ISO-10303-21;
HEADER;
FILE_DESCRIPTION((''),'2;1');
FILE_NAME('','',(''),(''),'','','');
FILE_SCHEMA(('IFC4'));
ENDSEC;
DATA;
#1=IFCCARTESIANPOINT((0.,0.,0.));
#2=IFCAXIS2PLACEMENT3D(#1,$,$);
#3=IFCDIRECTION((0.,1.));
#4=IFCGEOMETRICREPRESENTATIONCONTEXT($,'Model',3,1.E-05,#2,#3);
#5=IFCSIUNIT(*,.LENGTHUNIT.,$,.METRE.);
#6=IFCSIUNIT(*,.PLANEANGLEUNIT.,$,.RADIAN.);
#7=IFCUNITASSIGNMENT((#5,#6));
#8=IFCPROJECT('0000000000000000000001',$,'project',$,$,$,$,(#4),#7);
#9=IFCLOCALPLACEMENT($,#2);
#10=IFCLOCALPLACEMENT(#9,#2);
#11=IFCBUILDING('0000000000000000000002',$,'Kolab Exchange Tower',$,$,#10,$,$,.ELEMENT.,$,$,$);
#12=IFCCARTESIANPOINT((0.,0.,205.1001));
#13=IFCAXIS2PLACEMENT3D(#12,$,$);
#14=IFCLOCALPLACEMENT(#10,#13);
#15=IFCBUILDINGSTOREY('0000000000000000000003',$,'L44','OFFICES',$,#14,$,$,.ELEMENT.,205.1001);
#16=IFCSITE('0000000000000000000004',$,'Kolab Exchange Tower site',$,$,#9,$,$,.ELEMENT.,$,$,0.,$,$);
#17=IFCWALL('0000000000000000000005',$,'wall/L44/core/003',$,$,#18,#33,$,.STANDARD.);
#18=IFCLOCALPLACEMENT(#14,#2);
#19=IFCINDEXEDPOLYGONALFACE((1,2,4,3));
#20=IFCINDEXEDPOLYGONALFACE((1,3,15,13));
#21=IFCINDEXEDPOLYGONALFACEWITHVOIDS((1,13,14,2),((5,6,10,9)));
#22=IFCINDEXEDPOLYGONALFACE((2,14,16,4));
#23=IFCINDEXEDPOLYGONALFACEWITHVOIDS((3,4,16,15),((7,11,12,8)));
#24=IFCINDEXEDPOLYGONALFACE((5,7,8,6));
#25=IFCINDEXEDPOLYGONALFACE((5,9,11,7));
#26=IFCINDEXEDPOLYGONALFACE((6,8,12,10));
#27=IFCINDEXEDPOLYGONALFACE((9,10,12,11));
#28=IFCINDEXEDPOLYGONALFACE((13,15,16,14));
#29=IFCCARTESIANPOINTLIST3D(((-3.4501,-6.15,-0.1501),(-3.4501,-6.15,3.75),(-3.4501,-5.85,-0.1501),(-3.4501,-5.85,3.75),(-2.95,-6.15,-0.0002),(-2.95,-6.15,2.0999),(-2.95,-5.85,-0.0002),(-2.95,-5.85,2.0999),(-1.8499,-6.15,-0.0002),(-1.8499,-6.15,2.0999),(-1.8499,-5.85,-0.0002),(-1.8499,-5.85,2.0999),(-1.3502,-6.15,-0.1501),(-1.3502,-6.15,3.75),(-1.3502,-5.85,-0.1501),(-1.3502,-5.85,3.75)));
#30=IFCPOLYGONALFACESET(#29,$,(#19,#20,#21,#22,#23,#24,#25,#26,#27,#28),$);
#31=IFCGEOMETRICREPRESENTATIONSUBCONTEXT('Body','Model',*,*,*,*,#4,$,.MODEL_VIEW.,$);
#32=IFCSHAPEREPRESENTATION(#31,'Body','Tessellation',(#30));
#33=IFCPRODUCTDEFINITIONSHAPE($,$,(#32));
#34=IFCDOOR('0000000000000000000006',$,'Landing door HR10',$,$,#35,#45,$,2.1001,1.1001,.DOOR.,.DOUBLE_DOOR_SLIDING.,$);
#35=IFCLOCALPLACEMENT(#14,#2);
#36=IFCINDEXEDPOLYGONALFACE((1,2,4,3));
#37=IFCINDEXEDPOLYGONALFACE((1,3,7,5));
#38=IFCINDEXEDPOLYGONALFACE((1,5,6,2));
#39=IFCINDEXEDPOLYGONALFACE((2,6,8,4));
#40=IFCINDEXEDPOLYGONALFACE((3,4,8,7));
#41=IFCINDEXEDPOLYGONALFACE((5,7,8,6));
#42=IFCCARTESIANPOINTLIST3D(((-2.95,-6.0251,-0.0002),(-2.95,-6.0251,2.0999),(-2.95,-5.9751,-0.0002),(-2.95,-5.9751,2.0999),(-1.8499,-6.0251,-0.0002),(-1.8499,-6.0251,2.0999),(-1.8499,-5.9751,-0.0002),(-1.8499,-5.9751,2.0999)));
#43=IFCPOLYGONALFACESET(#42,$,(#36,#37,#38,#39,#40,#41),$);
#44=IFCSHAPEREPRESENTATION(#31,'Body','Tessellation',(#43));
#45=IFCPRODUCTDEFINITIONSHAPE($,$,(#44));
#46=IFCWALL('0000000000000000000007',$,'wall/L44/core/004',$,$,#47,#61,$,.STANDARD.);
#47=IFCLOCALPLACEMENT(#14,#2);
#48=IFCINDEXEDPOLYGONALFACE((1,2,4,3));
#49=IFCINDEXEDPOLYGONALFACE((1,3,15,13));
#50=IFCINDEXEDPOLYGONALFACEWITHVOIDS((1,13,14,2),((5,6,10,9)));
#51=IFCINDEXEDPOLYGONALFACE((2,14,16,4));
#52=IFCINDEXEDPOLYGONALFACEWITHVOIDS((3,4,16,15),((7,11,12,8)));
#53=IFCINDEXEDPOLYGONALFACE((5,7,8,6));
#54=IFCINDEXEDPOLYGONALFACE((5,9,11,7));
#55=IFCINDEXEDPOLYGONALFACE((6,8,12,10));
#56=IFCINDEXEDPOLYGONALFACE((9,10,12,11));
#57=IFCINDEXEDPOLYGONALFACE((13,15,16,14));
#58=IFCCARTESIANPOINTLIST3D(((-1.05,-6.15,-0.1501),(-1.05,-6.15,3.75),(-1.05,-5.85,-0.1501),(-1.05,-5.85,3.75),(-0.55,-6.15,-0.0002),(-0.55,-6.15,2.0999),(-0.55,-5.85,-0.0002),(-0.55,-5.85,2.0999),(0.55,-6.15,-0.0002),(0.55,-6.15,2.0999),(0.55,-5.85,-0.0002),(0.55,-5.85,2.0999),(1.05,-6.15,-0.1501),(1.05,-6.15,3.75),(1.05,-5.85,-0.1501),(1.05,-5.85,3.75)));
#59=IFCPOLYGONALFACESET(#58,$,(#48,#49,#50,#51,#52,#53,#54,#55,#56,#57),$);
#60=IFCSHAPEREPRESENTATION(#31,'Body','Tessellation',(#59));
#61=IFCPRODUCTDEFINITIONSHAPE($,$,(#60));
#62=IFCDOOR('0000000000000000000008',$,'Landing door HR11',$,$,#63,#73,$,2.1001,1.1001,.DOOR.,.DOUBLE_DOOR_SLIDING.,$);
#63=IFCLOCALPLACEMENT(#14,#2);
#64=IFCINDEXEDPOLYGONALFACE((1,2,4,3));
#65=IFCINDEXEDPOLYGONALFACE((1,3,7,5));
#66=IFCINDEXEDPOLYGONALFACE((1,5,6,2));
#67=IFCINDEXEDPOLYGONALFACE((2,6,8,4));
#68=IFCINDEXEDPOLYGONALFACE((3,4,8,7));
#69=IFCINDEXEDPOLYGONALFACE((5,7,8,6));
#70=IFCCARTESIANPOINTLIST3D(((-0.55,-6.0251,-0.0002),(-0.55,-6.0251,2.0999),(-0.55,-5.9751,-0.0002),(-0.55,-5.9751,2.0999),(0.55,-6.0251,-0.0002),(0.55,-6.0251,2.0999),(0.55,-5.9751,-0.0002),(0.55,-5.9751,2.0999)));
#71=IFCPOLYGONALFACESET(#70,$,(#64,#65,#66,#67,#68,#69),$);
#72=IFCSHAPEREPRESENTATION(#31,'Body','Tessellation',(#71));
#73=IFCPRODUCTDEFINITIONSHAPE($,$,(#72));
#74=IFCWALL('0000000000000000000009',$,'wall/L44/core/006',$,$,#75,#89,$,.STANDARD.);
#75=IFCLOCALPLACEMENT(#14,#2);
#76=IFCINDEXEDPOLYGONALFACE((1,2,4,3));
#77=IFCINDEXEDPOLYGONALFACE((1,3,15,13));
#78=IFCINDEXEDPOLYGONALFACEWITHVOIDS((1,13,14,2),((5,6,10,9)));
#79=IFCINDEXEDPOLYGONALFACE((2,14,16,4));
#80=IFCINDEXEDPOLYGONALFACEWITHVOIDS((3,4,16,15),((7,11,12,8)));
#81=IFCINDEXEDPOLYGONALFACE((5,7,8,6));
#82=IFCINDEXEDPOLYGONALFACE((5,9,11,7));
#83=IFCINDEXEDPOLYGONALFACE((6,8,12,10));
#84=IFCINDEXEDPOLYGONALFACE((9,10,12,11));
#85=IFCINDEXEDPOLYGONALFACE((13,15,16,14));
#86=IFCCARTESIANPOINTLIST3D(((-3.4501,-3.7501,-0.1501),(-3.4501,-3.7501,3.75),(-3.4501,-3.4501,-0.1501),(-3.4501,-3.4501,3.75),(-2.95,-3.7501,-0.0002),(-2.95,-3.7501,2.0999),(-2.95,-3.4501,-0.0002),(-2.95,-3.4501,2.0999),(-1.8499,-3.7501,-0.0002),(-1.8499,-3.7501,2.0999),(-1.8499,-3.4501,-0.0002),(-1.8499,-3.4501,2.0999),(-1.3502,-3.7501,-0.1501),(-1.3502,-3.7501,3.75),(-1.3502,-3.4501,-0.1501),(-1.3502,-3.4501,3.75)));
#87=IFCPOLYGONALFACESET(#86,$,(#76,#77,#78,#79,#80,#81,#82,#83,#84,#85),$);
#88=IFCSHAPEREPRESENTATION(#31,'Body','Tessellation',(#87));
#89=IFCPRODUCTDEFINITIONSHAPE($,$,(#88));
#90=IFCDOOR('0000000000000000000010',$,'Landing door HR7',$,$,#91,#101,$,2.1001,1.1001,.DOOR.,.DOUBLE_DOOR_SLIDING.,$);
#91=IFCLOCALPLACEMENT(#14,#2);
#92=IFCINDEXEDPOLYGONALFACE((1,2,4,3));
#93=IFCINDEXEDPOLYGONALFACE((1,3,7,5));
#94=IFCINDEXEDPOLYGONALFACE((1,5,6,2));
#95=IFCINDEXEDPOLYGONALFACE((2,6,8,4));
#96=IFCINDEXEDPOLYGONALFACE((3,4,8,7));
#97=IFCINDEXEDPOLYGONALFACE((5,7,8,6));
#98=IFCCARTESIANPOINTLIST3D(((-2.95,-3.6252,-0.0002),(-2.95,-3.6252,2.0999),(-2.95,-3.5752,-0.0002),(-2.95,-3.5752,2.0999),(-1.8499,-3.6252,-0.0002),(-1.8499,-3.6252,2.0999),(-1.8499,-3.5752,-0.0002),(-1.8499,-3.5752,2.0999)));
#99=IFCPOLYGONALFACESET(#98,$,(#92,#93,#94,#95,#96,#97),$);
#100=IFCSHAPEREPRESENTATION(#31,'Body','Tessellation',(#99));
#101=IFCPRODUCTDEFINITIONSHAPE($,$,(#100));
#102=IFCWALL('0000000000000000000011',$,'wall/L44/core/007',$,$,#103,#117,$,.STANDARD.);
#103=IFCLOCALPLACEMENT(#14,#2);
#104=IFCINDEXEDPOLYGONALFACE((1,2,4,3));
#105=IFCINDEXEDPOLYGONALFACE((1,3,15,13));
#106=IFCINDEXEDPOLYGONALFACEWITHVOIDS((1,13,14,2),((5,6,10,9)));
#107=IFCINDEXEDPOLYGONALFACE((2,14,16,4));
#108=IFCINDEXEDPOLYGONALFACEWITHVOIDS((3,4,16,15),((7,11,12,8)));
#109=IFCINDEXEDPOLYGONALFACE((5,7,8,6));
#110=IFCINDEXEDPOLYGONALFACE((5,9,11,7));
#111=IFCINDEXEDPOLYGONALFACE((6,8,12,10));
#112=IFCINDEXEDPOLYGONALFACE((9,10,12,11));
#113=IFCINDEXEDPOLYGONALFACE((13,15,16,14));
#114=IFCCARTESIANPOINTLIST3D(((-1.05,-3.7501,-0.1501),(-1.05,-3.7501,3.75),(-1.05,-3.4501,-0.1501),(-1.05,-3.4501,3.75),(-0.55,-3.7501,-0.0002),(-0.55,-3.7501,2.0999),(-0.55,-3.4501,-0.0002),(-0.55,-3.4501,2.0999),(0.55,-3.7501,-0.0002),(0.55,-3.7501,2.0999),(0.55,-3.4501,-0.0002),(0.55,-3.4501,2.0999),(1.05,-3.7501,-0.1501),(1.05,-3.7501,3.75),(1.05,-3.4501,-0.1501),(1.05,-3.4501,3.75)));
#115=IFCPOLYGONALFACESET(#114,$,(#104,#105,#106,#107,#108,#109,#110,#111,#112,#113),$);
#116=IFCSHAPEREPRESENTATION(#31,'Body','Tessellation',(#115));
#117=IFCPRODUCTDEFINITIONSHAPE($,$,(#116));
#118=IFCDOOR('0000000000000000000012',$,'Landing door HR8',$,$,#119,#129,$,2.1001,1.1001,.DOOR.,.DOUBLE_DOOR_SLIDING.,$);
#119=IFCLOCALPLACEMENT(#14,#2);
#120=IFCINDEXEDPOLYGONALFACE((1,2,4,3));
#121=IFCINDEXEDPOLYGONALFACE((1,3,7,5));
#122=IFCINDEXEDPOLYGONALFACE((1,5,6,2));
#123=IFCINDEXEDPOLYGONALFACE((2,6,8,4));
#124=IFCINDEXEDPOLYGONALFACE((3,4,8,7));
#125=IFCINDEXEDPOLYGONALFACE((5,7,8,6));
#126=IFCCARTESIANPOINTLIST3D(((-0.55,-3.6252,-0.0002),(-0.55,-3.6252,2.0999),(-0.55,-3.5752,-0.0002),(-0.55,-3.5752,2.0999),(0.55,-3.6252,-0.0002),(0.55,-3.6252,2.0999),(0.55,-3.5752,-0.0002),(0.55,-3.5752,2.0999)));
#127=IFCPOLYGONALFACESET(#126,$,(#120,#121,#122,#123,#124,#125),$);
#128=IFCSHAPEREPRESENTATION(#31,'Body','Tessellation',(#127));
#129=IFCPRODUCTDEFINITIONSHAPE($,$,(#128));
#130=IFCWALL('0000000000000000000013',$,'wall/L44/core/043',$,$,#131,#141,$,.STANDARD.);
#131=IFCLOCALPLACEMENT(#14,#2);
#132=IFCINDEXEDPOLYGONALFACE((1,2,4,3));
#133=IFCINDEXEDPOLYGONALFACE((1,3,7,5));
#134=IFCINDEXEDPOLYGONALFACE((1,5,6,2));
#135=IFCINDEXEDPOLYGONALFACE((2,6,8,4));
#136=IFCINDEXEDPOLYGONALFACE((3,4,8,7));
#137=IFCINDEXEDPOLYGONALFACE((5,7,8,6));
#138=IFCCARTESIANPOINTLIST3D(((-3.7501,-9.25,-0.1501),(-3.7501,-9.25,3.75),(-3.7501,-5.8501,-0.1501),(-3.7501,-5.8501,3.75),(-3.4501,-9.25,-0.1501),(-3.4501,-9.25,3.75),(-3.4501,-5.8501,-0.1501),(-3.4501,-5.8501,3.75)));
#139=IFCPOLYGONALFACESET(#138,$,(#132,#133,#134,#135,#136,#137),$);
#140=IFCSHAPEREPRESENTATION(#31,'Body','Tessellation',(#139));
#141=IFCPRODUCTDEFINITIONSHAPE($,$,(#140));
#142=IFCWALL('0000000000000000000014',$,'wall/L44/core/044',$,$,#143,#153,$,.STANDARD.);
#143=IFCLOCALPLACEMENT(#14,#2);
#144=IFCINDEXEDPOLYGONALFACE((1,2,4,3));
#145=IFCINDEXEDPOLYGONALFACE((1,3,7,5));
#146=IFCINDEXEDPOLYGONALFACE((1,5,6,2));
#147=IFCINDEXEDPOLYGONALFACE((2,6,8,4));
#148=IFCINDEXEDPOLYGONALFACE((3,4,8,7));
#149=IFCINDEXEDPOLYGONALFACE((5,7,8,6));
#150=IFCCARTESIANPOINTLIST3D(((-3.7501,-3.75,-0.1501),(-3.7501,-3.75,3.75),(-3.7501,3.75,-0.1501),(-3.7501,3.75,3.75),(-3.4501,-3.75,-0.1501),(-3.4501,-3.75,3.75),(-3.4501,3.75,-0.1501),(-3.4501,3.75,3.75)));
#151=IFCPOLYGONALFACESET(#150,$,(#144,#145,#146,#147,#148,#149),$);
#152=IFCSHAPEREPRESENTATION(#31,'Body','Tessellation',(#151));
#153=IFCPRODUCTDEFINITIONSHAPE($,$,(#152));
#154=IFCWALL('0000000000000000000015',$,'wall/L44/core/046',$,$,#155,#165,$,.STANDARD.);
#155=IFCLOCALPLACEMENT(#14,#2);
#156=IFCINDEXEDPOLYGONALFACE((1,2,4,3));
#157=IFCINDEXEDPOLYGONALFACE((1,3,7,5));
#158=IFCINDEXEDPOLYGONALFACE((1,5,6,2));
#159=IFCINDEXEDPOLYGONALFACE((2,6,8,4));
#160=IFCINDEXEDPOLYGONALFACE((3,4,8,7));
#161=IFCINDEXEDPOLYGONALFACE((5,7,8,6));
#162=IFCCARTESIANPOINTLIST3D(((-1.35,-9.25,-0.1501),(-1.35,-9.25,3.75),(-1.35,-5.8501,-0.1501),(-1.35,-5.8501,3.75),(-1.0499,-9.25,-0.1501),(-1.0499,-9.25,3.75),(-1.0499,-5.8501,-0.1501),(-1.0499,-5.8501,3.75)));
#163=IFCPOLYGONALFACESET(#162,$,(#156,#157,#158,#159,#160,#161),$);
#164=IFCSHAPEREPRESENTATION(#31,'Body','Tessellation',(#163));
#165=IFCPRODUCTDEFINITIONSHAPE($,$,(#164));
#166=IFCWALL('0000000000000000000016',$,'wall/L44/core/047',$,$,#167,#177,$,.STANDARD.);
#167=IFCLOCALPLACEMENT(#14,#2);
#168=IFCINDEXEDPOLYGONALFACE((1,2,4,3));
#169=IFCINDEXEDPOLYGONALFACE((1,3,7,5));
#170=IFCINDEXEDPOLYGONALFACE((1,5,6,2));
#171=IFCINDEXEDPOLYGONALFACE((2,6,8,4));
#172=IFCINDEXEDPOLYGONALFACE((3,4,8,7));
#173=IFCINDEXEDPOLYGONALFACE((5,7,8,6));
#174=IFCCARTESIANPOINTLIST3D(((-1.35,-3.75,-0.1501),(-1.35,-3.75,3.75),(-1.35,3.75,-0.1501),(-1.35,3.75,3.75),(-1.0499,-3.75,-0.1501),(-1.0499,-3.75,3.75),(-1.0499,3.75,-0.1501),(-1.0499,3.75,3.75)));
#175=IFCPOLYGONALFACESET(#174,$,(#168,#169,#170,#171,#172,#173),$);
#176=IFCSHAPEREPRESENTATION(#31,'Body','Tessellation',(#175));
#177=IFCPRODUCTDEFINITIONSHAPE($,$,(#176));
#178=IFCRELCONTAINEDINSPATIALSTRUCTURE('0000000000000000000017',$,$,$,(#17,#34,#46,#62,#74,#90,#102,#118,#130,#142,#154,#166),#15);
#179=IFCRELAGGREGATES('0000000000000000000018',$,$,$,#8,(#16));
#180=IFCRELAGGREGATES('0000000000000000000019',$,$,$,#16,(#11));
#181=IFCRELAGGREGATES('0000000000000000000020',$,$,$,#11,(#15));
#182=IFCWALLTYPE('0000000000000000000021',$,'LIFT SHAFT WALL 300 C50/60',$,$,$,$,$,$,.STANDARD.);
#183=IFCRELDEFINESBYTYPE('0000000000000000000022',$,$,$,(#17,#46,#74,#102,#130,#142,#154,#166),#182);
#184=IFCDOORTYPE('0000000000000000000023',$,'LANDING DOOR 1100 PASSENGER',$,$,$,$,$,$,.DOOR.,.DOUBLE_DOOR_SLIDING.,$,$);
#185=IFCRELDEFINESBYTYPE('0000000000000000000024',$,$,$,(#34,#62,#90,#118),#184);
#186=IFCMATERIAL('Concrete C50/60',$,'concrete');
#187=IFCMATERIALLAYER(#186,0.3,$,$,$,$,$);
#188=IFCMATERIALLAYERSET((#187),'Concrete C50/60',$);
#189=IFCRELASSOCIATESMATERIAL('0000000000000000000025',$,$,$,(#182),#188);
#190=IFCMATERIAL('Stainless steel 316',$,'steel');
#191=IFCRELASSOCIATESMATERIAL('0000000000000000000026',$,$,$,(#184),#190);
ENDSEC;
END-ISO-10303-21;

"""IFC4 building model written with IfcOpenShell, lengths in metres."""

from ifc_helpers import new_model, si_unit, direction, frame, frame_2d, origin, place, context, subcontext, project, spatial, rectangle, extrude, material, layer, layer_set, type_object, element, fill, save


model = new_model("IFC4")

# Units and contexts
model_context = context("Model", 3, precision=1e-05, world=origin(), true_north=direction((0.0, 1.0)))
body_context = subcontext(model_context, "Body", "Model", "MODEL_VIEW")
ifc_project = project(units=[si_unit("LENGTHUNIT", "METRE"), si_unit("PLANEANGLEUNIT", "RADIAN")], contexts=[model_context])

# Site, building, storey
site_placement = place(None, origin())
site = spatial("IfcSite", under=ifc_project, at=site_placement, Name="Kolab Exchange Tower site", CompositionType="ELEMENT", RefElevation=0.0)
building_placement = place(site_placement, origin())
building = spatial("IfcBuilding", under=site, at=building_placement, Name="Kolab Exchange Tower", CompositionType="ELEMENT")
storey_placement = place(building_placement, frame((0.0, 0.0, 205.1001)))
storey = spatial("IfcBuildingStorey", under=building, at=storey_placement, Name="L44", Description="OFFICES", CompositionType="ELEMENT", Elevation=205.1001)

# Walls, openings, doors
ifc_material_1 = material(Name="Concrete C50/60", Category="concrete")
ifc_layer_1 = layer(ifc_material_1, 0.3)
ifc_layer_set_1 = layer_set([ifc_layer_1], Name="Concrete C50/60")
wall_type_1 = type_object("IfcWallType", Name="LIFT SHAFT WALL 300 C50/60", PredefinedType="STANDARD", material=ifc_layer_set_1)
wall_1_placement = place(storey_placement, frame((-3.45, -6.0, -0.1501), z_axis=(0.0, 0.0, 1.0), x_axis=(1.0, 0.0, 0.0)))
wall_1 = element("IfcWall", 1, at=wall_1_placement, inside=storey, type_object=wall_type_1, Name="wall/L44/core/003", PredefinedType="STANDARD", context=body_context, shape_type="SweptSolid", body=[
    extrude(rectangle(XDim=2.0999, YDim=0.3, at=frame_2d((1.0498, 0.0))), origin(), (0.0, 0.0, 1.0), 3.9001),
])
opening_1_placement = place(wall_1_placement, frame((0.5, 0.0, 0.1499)))
opening_1 = element("IfcOpeningElement", 2, at=opening_1_placement, cuts=wall_1, PredefinedType="OPENING", context=body_context, shape_type="SweptSolid", body=[
    extrude(rectangle(XDim=1.1001, YDim=2.1001, at=frame_2d((0.55, 1.05))), frame((0.0, 0.1602, 0.0), z_axis=(0.0, -1.0, 0.0), x_axis=(1.0, 0.0, 0.0)), (0.0, 0.0, 1.0), 0.3201),
])
ifc_material_2 = material(Name="Stainless steel 316", Category="steel")
door_type_1 = type_object("IfcDoorType", Name="LANDING DOOR 1100 PASSENGER", OperationType="DOUBLE_DOOR_SLIDING", PredefinedType="DOOR", material=ifc_material_2)
door_1_placement = place(opening_1_placement, origin())
door_1 = element("IfcDoor", 3, at=door_1_placement, inside=storey, type_object=door_type_1, Name="Landing door HR10", OperationType="DOUBLE_DOOR_SLIDING", OverallHeight=2.1001, OverallWidth=1.1001, PredefinedType="DOOR", context=body_context, shape_type="SweptSolid", body=[
    extrude(rectangle(XDim=1.1001, YDim=2.1001, at=frame_2d((0.55, 1.05))), frame((0.0, 0.0249, 0.0), z_axis=(0.0, -1.0, 0.0), x_axis=(1.0, 0.0, 0.0)), (0.0, 0.0, 1.0), 0.05),
])
fill(opening_1, door_1)
wall_2_placement = place(storey_placement, frame((-1.05, -6.0, -0.1501), z_axis=(0.0, 0.0, 1.0), x_axis=(1.0, 0.0, 0.0)))
wall_2 = element("IfcWall", 4, at=wall_2_placement, inside=storey, type_object=wall_type_1, Name="wall/L44/core/004", PredefinedType="STANDARD", context=body_context, shape_type="SweptSolid", body=[
    extrude(rectangle(XDim=2.1001, YDim=0.3, at=frame_2d((1.05, 0.0))), origin(), (0.0, 0.0, 1.0), 3.9001),
])
opening_2_placement = place(wall_2_placement, frame((0.5, 0.0, 0.1499)))
opening_2 = element("IfcOpeningElement", 5, at=opening_2_placement, cuts=wall_2, PredefinedType="OPENING", context=body_context, shape_type="SweptSolid", body=[
    extrude(rectangle(XDim=1.1001, YDim=2.1001, at=frame_2d((0.55, 1.05))), frame((0.0, 0.1602, 0.0), z_axis=(0.0, -1.0, 0.0), x_axis=(1.0, 0.0, 0.0)), (0.0, 0.0, 1.0), 0.3201),
])
door_2_placement = place(opening_2_placement, origin())
door_2 = element("IfcDoor", 6, at=door_2_placement, inside=storey, type_object=door_type_1, Name="Landing door HR11", OperationType="DOUBLE_DOOR_SLIDING", OverallHeight=2.1001, OverallWidth=1.1001, PredefinedType="DOOR", context=body_context, shape_type="SweptSolid", body=[
    extrude(rectangle(XDim=1.1001, YDim=2.1001, at=frame_2d((0.55, 1.05))), frame((0.0, 0.0249, 0.0), z_axis=(0.0, -1.0, 0.0), x_axis=(1.0, 0.0, 0.0)), (0.0, 0.0, 1.0), 0.05),
])
fill(opening_2, door_2)
wall_3_placement = place(storey_placement, frame((-3.45, -3.6001, -0.1501), z_axis=(0.0, 0.0, 1.0), x_axis=(1.0, 0.0, 0.0)))
wall_3 = element("IfcWall", 7, at=wall_3_placement, inside=storey, type_object=wall_type_1, Name="wall/L44/core/006", PredefinedType="STANDARD", context=body_context, shape_type="SweptSolid", body=[
    extrude(rectangle(XDim=2.0999, YDim=0.3, at=frame_2d((1.0498, 0.0))), origin(), (0.0, 0.0, 1.0), 3.9001),
])
opening_3_placement = place(wall_3_placement, frame((0.5, 0.0, 0.1499)))
opening_3 = element("IfcOpeningElement", 8, at=opening_3_placement, cuts=wall_3, PredefinedType="OPENING", context=body_context, shape_type="SweptSolid", body=[
    extrude(rectangle(XDim=1.1001, YDim=2.1001, at=frame_2d((0.55, 1.05))), frame((0.0, 0.1602, 0.0), z_axis=(0.0, -1.0, 0.0), x_axis=(1.0, 0.0, 0.0)), (0.0, 0.0, 1.0), 0.3201),
])
door_3_placement = place(opening_3_placement, origin())
door_3 = element("IfcDoor", 9, at=door_3_placement, inside=storey, type_object=door_type_1, Name="Landing door HR7", OperationType="DOUBLE_DOOR_SLIDING", OverallHeight=2.1001, OverallWidth=1.1001, PredefinedType="DOOR", context=body_context, shape_type="SweptSolid", body=[
    extrude(rectangle(XDim=1.1001, YDim=2.1001, at=frame_2d((0.55, 1.05))), frame((0.0, 0.0249, 0.0), z_axis=(0.0, -1.0, 0.0), x_axis=(1.0, 0.0, 0.0)), (0.0, 0.0, 1.0), 0.05),
])
fill(opening_3, door_3)
wall_4_placement = place(storey_placement, frame((-1.05, -3.6001, -0.1501), z_axis=(0.0, 0.0, 1.0), x_axis=(1.0, 0.0, 0.0)))
wall_4 = element("IfcWall", 10, at=wall_4_placement, inside=storey, type_object=wall_type_1, Name="wall/L44/core/007", PredefinedType="STANDARD", context=body_context, shape_type="SweptSolid", body=[
    extrude(rectangle(XDim=2.1001, YDim=0.3, at=frame_2d((1.05, 0.0))), origin(), (0.0, 0.0, 1.0), 3.9001),
])
opening_4_placement = place(wall_4_placement, frame((0.5, 0.0, 0.1499)))
opening_4 = element("IfcOpeningElement", 11, at=opening_4_placement, cuts=wall_4, PredefinedType="OPENING", context=body_context, shape_type="SweptSolid", body=[
    extrude(rectangle(XDim=1.1001, YDim=2.1001, at=frame_2d((0.55, 1.05))), frame((0.0, 0.1602, 0.0), z_axis=(0.0, -1.0, 0.0), x_axis=(1.0, 0.0, 0.0)), (0.0, 0.0, 1.0), 0.3201),
])
door_4_placement = place(opening_4_placement, origin())
door_4 = element("IfcDoor", 12, at=door_4_placement, inside=storey, type_object=door_type_1, Name="Landing door HR8", OperationType="DOUBLE_DOOR_SLIDING", OverallHeight=2.1001, OverallWidth=1.1001, PredefinedType="DOOR", context=body_context, shape_type="SweptSolid", body=[
    extrude(rectangle(XDim=1.1001, YDim=2.1001, at=frame_2d((0.55, 1.05))), frame((0.0, 0.0249, 0.0), z_axis=(0.0, -1.0, 0.0), x_axis=(1.0, 0.0, 0.0)), (0.0, 0.0, 1.0), 0.05),
])
fill(opening_4, door_4)

# Walls
wall_5_placement = place(storey_placement, frame((-3.6001, -9.25, -0.1501), z_axis=(0.0, 0.0, 1.0), x_axis=(0.0, 1.0, 0.0)))
element("IfcWall", 13, at=wall_5_placement, inside=storey, type_object=wall_type_1, Name="wall/L44/core/043", PredefinedType="STANDARD", context=body_context, shape_type="SweptSolid", body=[
    extrude(rectangle(XDim=3.3999, YDim=0.3, at=frame_2d((1.7, 0.0))), origin(), (0.0, 0.0, 1.0), 3.9001),
])
wall_6_placement = place(storey_placement, frame((-3.6001, -3.75, -0.1501), z_axis=(0.0, 0.0, 1.0), x_axis=(0.0, 1.0, 0.0)))
element("IfcWall", 14, at=wall_6_placement, inside=storey, type_object=wall_type_1, Name="wall/L44/core/044", PredefinedType="STANDARD", context=body_context, shape_type="SweptSolid", body=[
    extrude(rectangle(XDim=7.5, YDim=0.3, at=frame_2d((3.75, 0.0))), origin(), (0.0, 0.0, 1.0), 3.9001),
])
wall_7_placement = place(storey_placement, frame((-1.2, -9.25, -0.1501), z_axis=(0.0, 0.0, 1.0), x_axis=(0.0, 1.0, 0.0)))
element("IfcWall", 15, at=wall_7_placement, inside=storey, type_object=wall_type_1, Name="wall/L44/core/046", PredefinedType="STANDARD", context=body_context, shape_type="SweptSolid", body=[
    extrude(rectangle(XDim=3.3999, YDim=0.3, at=frame_2d((1.7, 0.0))), origin(), (0.0, 0.0, 1.0), 3.9001),
])
wall_8_placement = place(storey_placement, frame((-1.2, -3.75, -0.1501), z_axis=(0.0, 0.0, 1.0), x_axis=(0.0, 1.0, 0.0)))
element("IfcWall", 16, at=wall_8_placement, inside=storey, type_object=wall_type_1, Name="wall/L44/core/047", PredefinedType="STANDARD", context=body_context, shape_type="SweptSolid", body=[
    extrude(rectangle(XDim=7.5, YDim=0.3, at=frame_2d((3.75, 0.0))), origin(), (0.0, 0.0, 1.0), 3.9001),
])

save(model, "model.ifc")
